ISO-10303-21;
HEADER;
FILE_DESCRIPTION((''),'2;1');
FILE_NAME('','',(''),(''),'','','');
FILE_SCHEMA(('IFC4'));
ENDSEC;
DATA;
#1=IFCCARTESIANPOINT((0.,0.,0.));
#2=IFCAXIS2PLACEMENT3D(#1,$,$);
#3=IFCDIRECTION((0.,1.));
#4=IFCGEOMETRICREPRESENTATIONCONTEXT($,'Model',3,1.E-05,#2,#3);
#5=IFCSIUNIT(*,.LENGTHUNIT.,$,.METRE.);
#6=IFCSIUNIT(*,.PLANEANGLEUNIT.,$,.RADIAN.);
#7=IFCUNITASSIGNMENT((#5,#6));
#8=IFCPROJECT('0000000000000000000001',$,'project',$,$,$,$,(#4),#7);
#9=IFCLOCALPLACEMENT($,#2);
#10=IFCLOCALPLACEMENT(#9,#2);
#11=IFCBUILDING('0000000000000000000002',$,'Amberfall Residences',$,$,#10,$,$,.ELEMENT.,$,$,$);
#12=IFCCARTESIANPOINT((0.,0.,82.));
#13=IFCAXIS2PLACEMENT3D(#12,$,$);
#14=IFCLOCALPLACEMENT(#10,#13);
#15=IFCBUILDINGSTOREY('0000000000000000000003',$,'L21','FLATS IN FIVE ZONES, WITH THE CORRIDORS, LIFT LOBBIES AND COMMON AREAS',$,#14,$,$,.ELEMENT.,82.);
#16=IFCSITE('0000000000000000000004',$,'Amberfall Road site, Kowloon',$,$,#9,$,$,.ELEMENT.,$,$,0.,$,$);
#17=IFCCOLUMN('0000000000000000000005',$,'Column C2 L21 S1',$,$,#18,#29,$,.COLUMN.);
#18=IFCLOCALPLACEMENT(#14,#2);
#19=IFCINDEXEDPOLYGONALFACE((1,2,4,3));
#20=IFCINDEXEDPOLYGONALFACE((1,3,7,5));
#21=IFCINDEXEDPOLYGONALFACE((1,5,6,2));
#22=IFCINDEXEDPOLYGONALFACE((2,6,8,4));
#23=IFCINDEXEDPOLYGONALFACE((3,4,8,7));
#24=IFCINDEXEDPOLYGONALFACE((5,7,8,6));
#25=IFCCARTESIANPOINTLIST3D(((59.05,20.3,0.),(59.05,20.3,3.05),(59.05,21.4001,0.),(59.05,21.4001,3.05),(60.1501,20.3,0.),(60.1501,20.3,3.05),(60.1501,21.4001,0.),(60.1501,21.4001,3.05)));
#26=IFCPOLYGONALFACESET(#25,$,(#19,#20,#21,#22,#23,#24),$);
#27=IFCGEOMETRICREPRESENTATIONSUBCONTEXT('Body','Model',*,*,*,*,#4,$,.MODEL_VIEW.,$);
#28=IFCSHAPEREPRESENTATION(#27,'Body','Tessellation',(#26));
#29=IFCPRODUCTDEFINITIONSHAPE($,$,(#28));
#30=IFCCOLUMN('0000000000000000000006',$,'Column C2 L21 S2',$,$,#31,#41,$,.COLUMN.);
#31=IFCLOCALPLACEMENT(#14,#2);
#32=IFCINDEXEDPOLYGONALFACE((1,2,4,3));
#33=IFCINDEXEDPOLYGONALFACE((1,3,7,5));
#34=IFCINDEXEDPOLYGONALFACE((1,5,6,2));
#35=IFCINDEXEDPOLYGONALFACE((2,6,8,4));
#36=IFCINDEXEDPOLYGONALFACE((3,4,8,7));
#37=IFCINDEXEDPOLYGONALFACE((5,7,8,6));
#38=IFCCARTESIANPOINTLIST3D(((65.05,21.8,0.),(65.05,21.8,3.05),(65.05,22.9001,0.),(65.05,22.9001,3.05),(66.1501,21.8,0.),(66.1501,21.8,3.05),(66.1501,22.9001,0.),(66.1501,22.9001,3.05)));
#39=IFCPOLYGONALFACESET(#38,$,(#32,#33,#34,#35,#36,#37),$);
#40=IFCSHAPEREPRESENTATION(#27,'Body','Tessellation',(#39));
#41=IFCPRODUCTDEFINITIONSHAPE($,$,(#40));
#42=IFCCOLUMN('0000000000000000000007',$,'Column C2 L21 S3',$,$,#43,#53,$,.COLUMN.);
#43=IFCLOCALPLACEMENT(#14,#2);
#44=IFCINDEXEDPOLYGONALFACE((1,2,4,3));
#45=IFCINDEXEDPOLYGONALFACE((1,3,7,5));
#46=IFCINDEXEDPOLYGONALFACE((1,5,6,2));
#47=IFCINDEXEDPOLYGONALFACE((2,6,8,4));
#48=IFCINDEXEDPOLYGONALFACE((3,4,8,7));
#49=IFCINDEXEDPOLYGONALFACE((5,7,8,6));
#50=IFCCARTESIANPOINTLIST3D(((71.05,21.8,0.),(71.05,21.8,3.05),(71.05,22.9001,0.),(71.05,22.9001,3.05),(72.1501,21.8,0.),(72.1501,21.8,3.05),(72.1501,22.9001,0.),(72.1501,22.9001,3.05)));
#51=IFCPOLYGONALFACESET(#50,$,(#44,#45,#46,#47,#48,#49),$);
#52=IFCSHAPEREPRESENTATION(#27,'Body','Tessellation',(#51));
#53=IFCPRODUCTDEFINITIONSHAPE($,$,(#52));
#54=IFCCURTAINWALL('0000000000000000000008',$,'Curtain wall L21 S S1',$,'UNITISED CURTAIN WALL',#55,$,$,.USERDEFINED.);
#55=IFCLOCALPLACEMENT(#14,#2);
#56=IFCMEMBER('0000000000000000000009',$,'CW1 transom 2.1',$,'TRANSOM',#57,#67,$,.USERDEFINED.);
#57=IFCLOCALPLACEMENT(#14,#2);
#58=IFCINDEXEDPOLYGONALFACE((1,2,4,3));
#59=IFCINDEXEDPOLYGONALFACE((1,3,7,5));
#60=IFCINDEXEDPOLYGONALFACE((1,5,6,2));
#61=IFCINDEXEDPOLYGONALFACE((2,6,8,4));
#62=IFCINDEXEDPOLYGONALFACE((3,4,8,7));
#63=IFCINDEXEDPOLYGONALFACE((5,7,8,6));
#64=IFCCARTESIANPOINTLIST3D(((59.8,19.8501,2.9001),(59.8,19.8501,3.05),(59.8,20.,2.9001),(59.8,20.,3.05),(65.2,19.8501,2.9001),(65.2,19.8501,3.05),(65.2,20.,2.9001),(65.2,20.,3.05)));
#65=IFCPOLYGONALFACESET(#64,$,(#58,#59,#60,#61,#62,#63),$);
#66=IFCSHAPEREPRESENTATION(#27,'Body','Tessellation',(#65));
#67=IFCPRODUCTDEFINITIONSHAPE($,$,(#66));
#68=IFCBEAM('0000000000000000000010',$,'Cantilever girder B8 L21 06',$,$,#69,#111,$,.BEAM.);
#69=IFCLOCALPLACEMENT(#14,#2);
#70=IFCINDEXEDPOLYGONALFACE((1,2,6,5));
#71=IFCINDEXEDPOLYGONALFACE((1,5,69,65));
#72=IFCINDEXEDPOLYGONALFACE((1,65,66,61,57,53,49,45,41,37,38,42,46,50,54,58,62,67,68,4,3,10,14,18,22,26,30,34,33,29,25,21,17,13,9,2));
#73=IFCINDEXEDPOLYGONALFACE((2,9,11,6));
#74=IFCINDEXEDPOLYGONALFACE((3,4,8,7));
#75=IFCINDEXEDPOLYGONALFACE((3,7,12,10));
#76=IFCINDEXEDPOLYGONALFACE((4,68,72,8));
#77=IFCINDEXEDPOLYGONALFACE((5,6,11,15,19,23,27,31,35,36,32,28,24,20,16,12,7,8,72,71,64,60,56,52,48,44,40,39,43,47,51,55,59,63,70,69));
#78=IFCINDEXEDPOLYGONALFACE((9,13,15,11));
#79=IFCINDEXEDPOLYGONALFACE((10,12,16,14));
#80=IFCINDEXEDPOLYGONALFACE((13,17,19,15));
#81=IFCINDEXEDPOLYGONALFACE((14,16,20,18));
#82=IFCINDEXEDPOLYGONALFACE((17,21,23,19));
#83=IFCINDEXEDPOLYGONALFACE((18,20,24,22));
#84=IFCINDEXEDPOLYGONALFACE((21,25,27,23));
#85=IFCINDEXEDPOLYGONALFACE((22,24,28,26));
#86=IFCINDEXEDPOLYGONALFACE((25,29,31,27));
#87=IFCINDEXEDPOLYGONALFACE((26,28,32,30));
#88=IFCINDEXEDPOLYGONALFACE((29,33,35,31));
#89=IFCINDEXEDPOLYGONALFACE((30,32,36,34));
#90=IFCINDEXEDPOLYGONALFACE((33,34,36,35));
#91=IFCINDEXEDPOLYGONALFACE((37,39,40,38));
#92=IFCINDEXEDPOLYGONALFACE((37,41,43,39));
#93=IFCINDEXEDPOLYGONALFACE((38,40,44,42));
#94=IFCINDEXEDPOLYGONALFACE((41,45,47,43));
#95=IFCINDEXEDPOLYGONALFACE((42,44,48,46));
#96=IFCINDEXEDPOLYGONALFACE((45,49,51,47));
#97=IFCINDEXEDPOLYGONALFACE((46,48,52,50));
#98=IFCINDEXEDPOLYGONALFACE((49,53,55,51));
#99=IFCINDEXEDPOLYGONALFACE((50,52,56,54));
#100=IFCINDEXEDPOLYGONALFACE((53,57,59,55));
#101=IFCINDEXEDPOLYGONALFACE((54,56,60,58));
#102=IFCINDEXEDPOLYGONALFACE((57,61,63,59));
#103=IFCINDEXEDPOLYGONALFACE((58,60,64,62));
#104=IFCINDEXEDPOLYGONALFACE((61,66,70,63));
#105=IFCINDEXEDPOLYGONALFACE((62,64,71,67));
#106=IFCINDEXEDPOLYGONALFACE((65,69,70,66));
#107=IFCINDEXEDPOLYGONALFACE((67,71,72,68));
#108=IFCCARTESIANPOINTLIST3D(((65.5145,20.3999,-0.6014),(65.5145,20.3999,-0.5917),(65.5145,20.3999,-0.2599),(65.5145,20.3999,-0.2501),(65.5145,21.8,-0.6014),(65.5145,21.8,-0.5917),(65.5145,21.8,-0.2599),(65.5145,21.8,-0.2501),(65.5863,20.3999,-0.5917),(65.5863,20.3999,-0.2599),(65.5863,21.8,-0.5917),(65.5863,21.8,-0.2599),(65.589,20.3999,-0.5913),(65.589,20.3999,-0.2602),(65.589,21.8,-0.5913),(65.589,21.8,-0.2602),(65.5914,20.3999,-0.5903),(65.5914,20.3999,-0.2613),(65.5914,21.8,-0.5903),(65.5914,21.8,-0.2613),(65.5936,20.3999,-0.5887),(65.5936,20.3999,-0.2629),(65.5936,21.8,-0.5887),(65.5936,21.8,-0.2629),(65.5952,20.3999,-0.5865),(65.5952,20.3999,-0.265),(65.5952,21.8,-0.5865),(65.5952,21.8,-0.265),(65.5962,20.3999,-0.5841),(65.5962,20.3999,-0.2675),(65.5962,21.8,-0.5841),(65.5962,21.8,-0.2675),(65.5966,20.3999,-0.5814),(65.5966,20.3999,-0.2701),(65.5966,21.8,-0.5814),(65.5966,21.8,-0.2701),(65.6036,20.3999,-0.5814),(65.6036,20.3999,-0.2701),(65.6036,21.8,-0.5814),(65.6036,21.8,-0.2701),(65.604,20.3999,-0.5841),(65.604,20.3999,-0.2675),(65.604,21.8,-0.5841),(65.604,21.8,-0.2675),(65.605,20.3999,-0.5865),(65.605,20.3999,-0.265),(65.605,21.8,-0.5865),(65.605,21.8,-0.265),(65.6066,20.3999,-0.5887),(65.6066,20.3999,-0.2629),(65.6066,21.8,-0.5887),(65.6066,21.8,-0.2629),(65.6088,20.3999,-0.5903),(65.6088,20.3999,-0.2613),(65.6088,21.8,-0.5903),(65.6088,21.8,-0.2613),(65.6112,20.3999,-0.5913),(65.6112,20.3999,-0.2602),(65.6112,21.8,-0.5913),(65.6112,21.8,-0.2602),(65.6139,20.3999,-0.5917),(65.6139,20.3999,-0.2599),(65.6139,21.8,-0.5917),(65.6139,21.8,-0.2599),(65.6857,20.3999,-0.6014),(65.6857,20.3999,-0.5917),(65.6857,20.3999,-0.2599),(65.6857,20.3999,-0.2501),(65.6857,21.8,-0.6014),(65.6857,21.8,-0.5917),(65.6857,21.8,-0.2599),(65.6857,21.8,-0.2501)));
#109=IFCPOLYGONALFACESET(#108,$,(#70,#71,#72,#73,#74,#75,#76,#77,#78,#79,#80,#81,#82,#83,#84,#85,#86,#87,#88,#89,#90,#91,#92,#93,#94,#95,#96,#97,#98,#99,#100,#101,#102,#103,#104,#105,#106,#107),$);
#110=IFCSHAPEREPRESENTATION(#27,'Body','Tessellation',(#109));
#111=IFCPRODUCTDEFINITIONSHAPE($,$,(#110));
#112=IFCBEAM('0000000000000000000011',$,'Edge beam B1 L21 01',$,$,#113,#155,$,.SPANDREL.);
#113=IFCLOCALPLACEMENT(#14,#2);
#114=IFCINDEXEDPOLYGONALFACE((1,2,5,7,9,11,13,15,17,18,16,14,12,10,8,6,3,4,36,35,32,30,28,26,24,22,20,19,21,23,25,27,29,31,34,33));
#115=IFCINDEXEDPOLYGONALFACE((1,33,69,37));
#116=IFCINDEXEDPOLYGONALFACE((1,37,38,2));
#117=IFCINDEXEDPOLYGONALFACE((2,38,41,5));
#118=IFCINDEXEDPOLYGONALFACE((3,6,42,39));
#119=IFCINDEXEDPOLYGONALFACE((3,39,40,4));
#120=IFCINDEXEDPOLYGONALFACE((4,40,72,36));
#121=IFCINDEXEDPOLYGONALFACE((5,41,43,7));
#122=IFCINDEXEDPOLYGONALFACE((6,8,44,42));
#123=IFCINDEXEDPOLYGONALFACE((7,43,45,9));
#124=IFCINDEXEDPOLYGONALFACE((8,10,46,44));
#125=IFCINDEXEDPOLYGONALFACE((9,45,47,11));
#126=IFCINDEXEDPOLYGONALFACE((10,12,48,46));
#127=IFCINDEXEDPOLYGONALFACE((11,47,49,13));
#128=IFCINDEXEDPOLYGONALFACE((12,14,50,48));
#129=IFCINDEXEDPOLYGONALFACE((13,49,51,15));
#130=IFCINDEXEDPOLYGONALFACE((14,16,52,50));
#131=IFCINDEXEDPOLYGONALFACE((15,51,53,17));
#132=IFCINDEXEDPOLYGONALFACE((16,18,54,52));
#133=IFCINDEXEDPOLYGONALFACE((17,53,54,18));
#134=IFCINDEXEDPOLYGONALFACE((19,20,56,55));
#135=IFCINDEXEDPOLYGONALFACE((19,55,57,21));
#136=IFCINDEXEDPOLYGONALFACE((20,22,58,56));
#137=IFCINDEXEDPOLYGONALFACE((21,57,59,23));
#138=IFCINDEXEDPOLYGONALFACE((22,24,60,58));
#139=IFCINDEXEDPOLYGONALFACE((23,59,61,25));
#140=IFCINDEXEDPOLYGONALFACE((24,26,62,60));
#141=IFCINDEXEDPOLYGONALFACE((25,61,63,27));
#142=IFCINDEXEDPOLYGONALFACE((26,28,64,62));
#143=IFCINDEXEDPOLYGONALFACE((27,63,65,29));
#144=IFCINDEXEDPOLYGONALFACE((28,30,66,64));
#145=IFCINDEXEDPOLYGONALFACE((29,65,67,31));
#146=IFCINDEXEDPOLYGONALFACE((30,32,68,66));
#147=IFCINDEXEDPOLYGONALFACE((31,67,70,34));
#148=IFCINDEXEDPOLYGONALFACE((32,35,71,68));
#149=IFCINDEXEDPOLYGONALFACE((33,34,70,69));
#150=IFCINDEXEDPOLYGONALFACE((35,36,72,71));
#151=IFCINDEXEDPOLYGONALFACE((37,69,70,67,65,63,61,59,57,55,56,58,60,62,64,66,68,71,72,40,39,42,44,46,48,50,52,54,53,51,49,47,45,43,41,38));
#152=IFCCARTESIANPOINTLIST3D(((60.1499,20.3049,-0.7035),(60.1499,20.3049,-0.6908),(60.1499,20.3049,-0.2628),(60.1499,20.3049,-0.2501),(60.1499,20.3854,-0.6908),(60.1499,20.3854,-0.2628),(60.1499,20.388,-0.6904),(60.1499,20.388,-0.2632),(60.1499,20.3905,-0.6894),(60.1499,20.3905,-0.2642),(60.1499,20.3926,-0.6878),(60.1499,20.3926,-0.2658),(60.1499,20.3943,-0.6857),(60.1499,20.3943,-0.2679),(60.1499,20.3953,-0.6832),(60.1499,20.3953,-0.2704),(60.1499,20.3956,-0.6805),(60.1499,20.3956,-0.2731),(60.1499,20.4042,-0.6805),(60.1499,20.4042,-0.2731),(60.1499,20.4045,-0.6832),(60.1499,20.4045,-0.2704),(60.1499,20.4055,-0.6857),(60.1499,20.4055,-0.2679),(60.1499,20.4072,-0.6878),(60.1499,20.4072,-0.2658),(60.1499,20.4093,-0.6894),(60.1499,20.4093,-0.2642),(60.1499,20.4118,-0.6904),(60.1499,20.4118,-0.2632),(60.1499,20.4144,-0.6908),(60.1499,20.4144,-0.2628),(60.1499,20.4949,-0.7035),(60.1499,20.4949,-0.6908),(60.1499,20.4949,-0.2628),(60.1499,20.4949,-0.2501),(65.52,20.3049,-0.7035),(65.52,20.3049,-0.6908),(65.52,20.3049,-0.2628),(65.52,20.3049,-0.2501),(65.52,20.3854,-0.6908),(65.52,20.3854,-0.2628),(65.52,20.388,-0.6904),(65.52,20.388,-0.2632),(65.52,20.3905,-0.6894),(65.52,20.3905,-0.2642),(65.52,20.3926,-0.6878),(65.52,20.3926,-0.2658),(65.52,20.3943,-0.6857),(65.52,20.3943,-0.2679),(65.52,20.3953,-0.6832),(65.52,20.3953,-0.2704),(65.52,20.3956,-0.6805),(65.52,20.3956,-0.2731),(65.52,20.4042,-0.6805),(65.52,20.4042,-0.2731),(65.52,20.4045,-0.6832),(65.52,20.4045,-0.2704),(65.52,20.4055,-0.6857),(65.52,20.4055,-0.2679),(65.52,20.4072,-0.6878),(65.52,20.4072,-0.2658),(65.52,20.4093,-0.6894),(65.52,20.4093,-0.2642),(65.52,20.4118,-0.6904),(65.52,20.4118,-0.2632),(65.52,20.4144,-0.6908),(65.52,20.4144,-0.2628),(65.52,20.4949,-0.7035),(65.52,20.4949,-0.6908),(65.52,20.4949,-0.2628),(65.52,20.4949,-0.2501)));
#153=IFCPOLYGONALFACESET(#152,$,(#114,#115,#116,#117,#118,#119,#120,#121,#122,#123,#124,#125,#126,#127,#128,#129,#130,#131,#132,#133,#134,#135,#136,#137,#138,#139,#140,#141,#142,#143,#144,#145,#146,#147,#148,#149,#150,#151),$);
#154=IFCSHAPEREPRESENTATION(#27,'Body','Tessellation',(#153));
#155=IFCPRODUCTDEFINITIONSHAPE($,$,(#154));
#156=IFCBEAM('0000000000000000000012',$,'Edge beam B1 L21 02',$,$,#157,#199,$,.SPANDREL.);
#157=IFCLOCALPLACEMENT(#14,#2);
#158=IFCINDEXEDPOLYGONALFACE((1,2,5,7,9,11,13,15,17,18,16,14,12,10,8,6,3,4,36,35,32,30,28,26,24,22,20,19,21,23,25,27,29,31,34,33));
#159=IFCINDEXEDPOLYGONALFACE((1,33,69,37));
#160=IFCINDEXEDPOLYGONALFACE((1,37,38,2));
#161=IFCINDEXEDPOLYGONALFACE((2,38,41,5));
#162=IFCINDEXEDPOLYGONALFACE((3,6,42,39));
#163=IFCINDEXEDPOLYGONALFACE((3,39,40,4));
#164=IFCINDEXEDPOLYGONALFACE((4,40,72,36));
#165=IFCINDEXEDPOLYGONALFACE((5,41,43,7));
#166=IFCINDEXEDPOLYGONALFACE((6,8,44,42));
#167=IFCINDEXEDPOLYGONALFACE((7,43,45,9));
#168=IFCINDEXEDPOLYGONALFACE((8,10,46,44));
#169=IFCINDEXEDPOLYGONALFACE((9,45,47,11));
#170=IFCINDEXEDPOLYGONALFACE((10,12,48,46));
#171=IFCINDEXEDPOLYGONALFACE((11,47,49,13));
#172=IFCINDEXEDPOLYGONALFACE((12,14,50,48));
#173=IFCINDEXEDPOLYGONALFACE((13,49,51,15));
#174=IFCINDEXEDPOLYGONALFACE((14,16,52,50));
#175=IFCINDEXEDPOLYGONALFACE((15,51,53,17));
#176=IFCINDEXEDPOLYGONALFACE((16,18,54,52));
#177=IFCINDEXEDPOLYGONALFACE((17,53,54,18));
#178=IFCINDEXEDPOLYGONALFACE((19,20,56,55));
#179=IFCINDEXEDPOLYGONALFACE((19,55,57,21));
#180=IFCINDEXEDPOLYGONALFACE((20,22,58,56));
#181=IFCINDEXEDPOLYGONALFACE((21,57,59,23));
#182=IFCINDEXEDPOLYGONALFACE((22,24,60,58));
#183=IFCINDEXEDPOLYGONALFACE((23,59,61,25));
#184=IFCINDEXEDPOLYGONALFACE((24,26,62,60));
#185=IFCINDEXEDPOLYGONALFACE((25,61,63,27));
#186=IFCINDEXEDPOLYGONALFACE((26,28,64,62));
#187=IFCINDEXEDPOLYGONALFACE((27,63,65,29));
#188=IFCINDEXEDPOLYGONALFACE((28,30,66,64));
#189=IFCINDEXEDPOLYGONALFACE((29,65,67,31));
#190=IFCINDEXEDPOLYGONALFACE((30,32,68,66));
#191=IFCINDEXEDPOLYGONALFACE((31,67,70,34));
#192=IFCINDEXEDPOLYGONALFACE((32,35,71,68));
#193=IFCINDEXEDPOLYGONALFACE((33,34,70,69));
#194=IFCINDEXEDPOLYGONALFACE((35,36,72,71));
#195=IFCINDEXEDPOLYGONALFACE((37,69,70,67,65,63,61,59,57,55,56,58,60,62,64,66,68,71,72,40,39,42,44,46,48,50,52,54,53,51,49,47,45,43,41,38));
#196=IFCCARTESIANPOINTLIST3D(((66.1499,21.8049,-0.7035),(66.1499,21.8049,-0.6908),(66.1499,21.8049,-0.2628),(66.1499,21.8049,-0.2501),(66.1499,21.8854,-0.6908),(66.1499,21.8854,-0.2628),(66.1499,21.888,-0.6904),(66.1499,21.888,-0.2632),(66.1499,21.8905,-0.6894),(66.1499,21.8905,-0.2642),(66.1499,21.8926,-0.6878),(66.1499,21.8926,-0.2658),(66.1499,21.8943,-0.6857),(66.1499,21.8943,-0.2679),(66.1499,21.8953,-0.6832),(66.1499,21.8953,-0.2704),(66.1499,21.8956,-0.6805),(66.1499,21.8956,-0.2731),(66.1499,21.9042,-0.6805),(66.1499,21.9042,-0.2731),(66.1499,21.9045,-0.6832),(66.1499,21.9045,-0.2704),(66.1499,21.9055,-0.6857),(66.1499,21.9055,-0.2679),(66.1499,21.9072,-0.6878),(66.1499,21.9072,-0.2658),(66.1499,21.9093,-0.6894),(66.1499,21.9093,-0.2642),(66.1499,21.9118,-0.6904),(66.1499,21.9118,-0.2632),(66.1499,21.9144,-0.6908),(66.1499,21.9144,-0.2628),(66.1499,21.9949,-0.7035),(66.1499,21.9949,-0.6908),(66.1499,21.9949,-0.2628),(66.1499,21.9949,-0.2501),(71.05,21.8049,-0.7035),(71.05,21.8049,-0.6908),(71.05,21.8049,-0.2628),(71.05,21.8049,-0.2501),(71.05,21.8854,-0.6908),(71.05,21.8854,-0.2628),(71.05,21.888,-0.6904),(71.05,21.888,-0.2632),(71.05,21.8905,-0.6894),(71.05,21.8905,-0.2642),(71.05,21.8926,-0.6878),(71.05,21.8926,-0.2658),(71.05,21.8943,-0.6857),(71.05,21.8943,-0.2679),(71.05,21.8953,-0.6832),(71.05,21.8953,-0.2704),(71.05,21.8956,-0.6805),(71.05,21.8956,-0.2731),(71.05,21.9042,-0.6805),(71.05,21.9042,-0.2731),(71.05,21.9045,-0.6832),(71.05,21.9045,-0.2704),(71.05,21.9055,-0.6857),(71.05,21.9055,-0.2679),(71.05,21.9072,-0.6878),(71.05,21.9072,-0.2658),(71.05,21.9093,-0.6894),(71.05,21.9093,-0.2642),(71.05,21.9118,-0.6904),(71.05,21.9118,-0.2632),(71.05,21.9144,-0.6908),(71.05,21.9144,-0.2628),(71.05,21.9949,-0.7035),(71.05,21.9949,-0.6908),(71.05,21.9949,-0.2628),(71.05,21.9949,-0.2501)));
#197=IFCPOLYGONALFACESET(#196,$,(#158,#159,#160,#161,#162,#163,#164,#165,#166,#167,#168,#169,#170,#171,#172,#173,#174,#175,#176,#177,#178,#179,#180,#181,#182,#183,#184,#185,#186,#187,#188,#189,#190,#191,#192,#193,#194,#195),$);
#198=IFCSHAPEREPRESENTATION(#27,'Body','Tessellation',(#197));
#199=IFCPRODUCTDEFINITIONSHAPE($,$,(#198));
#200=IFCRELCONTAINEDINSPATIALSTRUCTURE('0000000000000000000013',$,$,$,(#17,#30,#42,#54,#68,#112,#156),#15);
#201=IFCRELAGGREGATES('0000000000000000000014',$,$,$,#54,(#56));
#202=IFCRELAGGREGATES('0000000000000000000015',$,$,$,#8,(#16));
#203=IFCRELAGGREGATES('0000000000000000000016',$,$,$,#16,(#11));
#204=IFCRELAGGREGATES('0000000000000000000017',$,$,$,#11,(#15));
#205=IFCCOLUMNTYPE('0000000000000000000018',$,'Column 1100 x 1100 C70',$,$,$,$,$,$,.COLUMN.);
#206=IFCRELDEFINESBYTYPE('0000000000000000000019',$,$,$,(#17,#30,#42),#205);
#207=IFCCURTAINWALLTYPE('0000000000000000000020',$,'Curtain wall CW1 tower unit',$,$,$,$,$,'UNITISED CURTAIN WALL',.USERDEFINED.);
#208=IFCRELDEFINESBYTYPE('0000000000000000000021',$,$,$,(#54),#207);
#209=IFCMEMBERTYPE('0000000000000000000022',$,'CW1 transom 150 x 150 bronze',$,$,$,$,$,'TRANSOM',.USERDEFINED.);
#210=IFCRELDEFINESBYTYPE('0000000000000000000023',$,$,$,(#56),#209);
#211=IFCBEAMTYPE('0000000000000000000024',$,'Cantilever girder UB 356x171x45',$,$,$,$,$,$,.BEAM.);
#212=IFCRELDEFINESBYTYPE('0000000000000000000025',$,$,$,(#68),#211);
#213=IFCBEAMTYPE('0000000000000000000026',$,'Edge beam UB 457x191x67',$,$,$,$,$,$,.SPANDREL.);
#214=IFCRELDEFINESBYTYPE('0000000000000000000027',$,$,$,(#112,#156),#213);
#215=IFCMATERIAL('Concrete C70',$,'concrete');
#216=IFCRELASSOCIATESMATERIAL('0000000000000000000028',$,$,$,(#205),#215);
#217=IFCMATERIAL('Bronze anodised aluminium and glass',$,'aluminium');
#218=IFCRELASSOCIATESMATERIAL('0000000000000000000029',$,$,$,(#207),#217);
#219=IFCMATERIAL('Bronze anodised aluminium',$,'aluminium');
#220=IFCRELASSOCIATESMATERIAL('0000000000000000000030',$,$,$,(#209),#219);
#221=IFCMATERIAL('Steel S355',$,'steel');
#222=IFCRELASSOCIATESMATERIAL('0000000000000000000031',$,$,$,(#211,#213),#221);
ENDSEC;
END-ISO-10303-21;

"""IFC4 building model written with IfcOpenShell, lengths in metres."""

from ifc_helpers import new_model, si_unit, direction, frame, origin, origin_2d, place, context, subcontext, project, spatial, rectangle, i_section, extrude, material, material_profile, profile_set, type_object, element, aggregate, save


model = new_model("IFC4")

# Units and contexts
model_context = context("Model", 3, precision=1e-05, world=origin(), true_north=direction((0.0, 1.0)))
body_context = subcontext(model_context, "Body", "Model", "MODEL_VIEW")
ifc_project = project(units=[si_unit("LENGTHUNIT", "METRE"), si_unit("PLANEANGLEUNIT", "RADIAN")], contexts=[model_context])

# Site, building, storey
site_placement = place(None, origin())
site = spatial("IfcSite", under=ifc_project, at=site_placement, Name="Amberfall Road site, Kowloon", CompositionType="ELEMENT", RefElevation=0.0)
building_placement = place(site_placement, origin())
building = spatial("IfcBuilding", under=site, at=building_placement, Name="Amberfall Residences", CompositionType="ELEMENT")
storey_placement = place(building_placement, frame((0.0, 0.0, 82.0)))
storey = spatial("IfcBuildingStorey", under=building, at=storey_placement, Name="L21", Description="FLATS IN FIVE ZONES, WITH THE CORRIDORS, LIFT LOBBIES AND COMMON AREAS", CompositionType="ELEMENT", Elevation=82.0)

# Columns
ifc_material_1 = material(Name="Concrete C70", Category="concrete")
ifc_material_profile_1 = material_profile(ifc_material_1, rectangle(XDim=1.1001, YDim=1.1001, at=origin_2d()), Name="Column 1100 x 1100 C70")
ifc_profile_set_1 = profile_set([ifc_material_profile_1], Name="Concrete C70")
column_type = type_object("IfcColumnType", Name="Column 1100 x 1100 C70", PredefinedType="COLUMN", material=ifc_profile_set_1)
for number, where, z_axis, x_axis, name in (
    (1, (59.6001, 20.8501, 0.0), (0.0, 0.0, 1.0), (1.0, 0.0, 0.0), "Column C2 L21 S1"),
    (2, (65.6001, 22.3501, 0.0), (0.0, 0.0, 1.0), (1.0, 0.0, 0.0), "Column C2 L21 S2"),
    (3, (71.6001, 22.3501, 0.0), (0.0, 0.0, 1.0), (1.0, 0.0, 0.0), "Column C2 L21 S3"),
):
    element("IfcColumn", number, at=place(storey_placement, frame(where, z_axis=z_axis, x_axis=x_axis)), inside=storey, type_object=column_type, Name=name, PredefinedType="COLUMN", context=body_context, shape_type="SweptSolid", body=[
        extrude(rectangle(XDim=1.1001, YDim=1.1001, at=origin_2d()), origin(), (0.0, 0.0, 1.0), 3.05),
    ])

# Curtain wall, member
ifc_material_2 = material(Name="Bronze anodised aluminium and glass", Category="aluminium")
curtain_wall_type = type_object("IfcCurtainWallType", Name="Curtain wall CW1 tower unit", ElementType="UNITISED CURTAIN WALL", PredefinedType="USERDEFINED", material=ifc_material_2)
curtain_wall_placement = place(storey_placement, origin())
curtain_wall = element("IfcCurtainWall", 4, at=curtain_wall_placement, inside=storey, type_object=curtain_wall_type, Name="Curtain wall L21 S S1", ObjectType="UNITISED CURTAIN WALL", PredefinedType="USERDEFINED")
ifc_material_3 = material(Name="Bronze anodised aluminium", Category="aluminium")
ifc_material_profile_2 = material_profile(ifc_material_3, rectangle(XDim=0.1499, YDim=0.1499, at=origin_2d()), Name="CW1 transom 150 x 150 bronze")
ifc_profile_set_2 = profile_set([ifc_material_profile_2], Name="Bronze anodised aluminium")
member_type_1 = type_object("IfcMemberType", Name="CW1 transom 150 x 150 bronze", ElementType="TRANSOM", PredefinedType="USERDEFINED", material=ifc_profile_set_2)
member_1_placement = place(storey_placement, frame((59.8, 19.925, 2.9751), z_axis=(1.0, 0.0, 0.0), x_axis=(0.0, 1.0, 0.0)))
member_1 = element("IfcMember", 5, at=member_1_placement, type_object=member_type_1, Name="CW1 transom 2.1", ObjectType="TRANSOM", PredefinedType="USERDEFINED", context=body_context, shape_type="SweptSolid", body=[
    extrude(rectangle(XDim=0.1499, YDim=0.1499, at=origin_2d()), origin(), (0.0, 0.0, 1.0), 5.3999),
])

# Beams
ifc_material_4 = material(Name="Steel S355", Category="steel")
ifc_material_profile_3 = material_profile(ifc_material_4, i_section(OverallWidth=0.1711, OverallDepth=0.3513, WebThickness=0.0071, FlangeThickness=0.0098, FilletRadius=0.0103, at=origin_2d()), Name="UB 356x171x45")
ifc_profile_set_3 = profile_set([ifc_material_profile_3], Name="Steel S355")
beam_type_1 = type_object("IfcBeamType", Name="Cantilever girder UB 356x171x45", PredefinedType="BEAM", material=ifc_profile_set_3)
beam_1_placement = place(storey_placement, frame((65.6001, 21.8, -0.4258), z_axis=(0.0, -1.0, 0.0), x_axis=(1.0, 0.0, 0.0)))
element("IfcBeam", 6, at=beam_1_placement, inside=storey, type_object=beam_type_1, Name="Cantilever girder B8 L21 06", PredefinedType="BEAM", context=body_context, shape_type="SweptSolid", body=[
    extrude(i_section(OverallWidth=0.1711, OverallDepth=0.3513, WebThickness=0.0071, FlangeThickness=0.0098, FilletRadius=0.0103, at=origin_2d()), origin(), (0.0, 0.0, 1.0), 1.4001),
])
ifc_material_profile_4 = material_profile(ifc_material_4, i_section(OverallWidth=0.1899, OverallDepth=0.4534, WebThickness=0.0085, FlangeThickness=0.0127, FilletRadius=0.0103, at=origin_2d()), Name="UB 457x191x67")
ifc_profile_set_4 = profile_set([ifc_material_profile_4], Name="Steel S355")
beam_type_2 = type_object("IfcBeamType", Name="Edge beam UB 457x191x67", PredefinedType="SPANDREL", material=ifc_profile_set_4)
beam_2_placement = place(storey_placement, frame((60.1499, 20.3999, -0.4768), z_axis=(1.0, 0.0, 0.0), x_axis=(0.0, 1.0, 0.0)))
element("IfcBeam", 7, at=beam_2_placement, inside=storey, type_object=beam_type_2, Name="Edge beam B1 L21 01", PredefinedType="SPANDREL", context=body_context, shape_type="SweptSolid", body=[
    extrude(i_section(OverallWidth=0.1899, OverallDepth=0.4534, WebThickness=0.0085, FlangeThickness=0.0127, FilletRadius=0.0103, at=origin_2d()), origin(), (0.0, 0.0, 1.0), 5.3701),
])
beam_3_placement = place(storey_placement, frame((66.1499, 21.8999, -0.4768), z_axis=(1.0, 0.0, 0.0), x_axis=(0.0, 1.0, 0.0)))
element("IfcBeam", 8, at=beam_3_placement, inside=storey, type_object=beam_type_2, Name="Edge beam B1 L21 02", PredefinedType="SPANDREL", context=body_context, shape_type="SweptSolid", body=[
    extrude(i_section(OverallWidth=0.1899, OverallDepth=0.4534, WebThickness=0.0085, FlangeThickness=0.0127, FilletRadius=0.0103, at=origin_2d()), origin(), (0.0, 0.0, 1.0), 4.9001),
])

aggregate(curtain_wall, [member_1])

save(model, "model.ifc")
